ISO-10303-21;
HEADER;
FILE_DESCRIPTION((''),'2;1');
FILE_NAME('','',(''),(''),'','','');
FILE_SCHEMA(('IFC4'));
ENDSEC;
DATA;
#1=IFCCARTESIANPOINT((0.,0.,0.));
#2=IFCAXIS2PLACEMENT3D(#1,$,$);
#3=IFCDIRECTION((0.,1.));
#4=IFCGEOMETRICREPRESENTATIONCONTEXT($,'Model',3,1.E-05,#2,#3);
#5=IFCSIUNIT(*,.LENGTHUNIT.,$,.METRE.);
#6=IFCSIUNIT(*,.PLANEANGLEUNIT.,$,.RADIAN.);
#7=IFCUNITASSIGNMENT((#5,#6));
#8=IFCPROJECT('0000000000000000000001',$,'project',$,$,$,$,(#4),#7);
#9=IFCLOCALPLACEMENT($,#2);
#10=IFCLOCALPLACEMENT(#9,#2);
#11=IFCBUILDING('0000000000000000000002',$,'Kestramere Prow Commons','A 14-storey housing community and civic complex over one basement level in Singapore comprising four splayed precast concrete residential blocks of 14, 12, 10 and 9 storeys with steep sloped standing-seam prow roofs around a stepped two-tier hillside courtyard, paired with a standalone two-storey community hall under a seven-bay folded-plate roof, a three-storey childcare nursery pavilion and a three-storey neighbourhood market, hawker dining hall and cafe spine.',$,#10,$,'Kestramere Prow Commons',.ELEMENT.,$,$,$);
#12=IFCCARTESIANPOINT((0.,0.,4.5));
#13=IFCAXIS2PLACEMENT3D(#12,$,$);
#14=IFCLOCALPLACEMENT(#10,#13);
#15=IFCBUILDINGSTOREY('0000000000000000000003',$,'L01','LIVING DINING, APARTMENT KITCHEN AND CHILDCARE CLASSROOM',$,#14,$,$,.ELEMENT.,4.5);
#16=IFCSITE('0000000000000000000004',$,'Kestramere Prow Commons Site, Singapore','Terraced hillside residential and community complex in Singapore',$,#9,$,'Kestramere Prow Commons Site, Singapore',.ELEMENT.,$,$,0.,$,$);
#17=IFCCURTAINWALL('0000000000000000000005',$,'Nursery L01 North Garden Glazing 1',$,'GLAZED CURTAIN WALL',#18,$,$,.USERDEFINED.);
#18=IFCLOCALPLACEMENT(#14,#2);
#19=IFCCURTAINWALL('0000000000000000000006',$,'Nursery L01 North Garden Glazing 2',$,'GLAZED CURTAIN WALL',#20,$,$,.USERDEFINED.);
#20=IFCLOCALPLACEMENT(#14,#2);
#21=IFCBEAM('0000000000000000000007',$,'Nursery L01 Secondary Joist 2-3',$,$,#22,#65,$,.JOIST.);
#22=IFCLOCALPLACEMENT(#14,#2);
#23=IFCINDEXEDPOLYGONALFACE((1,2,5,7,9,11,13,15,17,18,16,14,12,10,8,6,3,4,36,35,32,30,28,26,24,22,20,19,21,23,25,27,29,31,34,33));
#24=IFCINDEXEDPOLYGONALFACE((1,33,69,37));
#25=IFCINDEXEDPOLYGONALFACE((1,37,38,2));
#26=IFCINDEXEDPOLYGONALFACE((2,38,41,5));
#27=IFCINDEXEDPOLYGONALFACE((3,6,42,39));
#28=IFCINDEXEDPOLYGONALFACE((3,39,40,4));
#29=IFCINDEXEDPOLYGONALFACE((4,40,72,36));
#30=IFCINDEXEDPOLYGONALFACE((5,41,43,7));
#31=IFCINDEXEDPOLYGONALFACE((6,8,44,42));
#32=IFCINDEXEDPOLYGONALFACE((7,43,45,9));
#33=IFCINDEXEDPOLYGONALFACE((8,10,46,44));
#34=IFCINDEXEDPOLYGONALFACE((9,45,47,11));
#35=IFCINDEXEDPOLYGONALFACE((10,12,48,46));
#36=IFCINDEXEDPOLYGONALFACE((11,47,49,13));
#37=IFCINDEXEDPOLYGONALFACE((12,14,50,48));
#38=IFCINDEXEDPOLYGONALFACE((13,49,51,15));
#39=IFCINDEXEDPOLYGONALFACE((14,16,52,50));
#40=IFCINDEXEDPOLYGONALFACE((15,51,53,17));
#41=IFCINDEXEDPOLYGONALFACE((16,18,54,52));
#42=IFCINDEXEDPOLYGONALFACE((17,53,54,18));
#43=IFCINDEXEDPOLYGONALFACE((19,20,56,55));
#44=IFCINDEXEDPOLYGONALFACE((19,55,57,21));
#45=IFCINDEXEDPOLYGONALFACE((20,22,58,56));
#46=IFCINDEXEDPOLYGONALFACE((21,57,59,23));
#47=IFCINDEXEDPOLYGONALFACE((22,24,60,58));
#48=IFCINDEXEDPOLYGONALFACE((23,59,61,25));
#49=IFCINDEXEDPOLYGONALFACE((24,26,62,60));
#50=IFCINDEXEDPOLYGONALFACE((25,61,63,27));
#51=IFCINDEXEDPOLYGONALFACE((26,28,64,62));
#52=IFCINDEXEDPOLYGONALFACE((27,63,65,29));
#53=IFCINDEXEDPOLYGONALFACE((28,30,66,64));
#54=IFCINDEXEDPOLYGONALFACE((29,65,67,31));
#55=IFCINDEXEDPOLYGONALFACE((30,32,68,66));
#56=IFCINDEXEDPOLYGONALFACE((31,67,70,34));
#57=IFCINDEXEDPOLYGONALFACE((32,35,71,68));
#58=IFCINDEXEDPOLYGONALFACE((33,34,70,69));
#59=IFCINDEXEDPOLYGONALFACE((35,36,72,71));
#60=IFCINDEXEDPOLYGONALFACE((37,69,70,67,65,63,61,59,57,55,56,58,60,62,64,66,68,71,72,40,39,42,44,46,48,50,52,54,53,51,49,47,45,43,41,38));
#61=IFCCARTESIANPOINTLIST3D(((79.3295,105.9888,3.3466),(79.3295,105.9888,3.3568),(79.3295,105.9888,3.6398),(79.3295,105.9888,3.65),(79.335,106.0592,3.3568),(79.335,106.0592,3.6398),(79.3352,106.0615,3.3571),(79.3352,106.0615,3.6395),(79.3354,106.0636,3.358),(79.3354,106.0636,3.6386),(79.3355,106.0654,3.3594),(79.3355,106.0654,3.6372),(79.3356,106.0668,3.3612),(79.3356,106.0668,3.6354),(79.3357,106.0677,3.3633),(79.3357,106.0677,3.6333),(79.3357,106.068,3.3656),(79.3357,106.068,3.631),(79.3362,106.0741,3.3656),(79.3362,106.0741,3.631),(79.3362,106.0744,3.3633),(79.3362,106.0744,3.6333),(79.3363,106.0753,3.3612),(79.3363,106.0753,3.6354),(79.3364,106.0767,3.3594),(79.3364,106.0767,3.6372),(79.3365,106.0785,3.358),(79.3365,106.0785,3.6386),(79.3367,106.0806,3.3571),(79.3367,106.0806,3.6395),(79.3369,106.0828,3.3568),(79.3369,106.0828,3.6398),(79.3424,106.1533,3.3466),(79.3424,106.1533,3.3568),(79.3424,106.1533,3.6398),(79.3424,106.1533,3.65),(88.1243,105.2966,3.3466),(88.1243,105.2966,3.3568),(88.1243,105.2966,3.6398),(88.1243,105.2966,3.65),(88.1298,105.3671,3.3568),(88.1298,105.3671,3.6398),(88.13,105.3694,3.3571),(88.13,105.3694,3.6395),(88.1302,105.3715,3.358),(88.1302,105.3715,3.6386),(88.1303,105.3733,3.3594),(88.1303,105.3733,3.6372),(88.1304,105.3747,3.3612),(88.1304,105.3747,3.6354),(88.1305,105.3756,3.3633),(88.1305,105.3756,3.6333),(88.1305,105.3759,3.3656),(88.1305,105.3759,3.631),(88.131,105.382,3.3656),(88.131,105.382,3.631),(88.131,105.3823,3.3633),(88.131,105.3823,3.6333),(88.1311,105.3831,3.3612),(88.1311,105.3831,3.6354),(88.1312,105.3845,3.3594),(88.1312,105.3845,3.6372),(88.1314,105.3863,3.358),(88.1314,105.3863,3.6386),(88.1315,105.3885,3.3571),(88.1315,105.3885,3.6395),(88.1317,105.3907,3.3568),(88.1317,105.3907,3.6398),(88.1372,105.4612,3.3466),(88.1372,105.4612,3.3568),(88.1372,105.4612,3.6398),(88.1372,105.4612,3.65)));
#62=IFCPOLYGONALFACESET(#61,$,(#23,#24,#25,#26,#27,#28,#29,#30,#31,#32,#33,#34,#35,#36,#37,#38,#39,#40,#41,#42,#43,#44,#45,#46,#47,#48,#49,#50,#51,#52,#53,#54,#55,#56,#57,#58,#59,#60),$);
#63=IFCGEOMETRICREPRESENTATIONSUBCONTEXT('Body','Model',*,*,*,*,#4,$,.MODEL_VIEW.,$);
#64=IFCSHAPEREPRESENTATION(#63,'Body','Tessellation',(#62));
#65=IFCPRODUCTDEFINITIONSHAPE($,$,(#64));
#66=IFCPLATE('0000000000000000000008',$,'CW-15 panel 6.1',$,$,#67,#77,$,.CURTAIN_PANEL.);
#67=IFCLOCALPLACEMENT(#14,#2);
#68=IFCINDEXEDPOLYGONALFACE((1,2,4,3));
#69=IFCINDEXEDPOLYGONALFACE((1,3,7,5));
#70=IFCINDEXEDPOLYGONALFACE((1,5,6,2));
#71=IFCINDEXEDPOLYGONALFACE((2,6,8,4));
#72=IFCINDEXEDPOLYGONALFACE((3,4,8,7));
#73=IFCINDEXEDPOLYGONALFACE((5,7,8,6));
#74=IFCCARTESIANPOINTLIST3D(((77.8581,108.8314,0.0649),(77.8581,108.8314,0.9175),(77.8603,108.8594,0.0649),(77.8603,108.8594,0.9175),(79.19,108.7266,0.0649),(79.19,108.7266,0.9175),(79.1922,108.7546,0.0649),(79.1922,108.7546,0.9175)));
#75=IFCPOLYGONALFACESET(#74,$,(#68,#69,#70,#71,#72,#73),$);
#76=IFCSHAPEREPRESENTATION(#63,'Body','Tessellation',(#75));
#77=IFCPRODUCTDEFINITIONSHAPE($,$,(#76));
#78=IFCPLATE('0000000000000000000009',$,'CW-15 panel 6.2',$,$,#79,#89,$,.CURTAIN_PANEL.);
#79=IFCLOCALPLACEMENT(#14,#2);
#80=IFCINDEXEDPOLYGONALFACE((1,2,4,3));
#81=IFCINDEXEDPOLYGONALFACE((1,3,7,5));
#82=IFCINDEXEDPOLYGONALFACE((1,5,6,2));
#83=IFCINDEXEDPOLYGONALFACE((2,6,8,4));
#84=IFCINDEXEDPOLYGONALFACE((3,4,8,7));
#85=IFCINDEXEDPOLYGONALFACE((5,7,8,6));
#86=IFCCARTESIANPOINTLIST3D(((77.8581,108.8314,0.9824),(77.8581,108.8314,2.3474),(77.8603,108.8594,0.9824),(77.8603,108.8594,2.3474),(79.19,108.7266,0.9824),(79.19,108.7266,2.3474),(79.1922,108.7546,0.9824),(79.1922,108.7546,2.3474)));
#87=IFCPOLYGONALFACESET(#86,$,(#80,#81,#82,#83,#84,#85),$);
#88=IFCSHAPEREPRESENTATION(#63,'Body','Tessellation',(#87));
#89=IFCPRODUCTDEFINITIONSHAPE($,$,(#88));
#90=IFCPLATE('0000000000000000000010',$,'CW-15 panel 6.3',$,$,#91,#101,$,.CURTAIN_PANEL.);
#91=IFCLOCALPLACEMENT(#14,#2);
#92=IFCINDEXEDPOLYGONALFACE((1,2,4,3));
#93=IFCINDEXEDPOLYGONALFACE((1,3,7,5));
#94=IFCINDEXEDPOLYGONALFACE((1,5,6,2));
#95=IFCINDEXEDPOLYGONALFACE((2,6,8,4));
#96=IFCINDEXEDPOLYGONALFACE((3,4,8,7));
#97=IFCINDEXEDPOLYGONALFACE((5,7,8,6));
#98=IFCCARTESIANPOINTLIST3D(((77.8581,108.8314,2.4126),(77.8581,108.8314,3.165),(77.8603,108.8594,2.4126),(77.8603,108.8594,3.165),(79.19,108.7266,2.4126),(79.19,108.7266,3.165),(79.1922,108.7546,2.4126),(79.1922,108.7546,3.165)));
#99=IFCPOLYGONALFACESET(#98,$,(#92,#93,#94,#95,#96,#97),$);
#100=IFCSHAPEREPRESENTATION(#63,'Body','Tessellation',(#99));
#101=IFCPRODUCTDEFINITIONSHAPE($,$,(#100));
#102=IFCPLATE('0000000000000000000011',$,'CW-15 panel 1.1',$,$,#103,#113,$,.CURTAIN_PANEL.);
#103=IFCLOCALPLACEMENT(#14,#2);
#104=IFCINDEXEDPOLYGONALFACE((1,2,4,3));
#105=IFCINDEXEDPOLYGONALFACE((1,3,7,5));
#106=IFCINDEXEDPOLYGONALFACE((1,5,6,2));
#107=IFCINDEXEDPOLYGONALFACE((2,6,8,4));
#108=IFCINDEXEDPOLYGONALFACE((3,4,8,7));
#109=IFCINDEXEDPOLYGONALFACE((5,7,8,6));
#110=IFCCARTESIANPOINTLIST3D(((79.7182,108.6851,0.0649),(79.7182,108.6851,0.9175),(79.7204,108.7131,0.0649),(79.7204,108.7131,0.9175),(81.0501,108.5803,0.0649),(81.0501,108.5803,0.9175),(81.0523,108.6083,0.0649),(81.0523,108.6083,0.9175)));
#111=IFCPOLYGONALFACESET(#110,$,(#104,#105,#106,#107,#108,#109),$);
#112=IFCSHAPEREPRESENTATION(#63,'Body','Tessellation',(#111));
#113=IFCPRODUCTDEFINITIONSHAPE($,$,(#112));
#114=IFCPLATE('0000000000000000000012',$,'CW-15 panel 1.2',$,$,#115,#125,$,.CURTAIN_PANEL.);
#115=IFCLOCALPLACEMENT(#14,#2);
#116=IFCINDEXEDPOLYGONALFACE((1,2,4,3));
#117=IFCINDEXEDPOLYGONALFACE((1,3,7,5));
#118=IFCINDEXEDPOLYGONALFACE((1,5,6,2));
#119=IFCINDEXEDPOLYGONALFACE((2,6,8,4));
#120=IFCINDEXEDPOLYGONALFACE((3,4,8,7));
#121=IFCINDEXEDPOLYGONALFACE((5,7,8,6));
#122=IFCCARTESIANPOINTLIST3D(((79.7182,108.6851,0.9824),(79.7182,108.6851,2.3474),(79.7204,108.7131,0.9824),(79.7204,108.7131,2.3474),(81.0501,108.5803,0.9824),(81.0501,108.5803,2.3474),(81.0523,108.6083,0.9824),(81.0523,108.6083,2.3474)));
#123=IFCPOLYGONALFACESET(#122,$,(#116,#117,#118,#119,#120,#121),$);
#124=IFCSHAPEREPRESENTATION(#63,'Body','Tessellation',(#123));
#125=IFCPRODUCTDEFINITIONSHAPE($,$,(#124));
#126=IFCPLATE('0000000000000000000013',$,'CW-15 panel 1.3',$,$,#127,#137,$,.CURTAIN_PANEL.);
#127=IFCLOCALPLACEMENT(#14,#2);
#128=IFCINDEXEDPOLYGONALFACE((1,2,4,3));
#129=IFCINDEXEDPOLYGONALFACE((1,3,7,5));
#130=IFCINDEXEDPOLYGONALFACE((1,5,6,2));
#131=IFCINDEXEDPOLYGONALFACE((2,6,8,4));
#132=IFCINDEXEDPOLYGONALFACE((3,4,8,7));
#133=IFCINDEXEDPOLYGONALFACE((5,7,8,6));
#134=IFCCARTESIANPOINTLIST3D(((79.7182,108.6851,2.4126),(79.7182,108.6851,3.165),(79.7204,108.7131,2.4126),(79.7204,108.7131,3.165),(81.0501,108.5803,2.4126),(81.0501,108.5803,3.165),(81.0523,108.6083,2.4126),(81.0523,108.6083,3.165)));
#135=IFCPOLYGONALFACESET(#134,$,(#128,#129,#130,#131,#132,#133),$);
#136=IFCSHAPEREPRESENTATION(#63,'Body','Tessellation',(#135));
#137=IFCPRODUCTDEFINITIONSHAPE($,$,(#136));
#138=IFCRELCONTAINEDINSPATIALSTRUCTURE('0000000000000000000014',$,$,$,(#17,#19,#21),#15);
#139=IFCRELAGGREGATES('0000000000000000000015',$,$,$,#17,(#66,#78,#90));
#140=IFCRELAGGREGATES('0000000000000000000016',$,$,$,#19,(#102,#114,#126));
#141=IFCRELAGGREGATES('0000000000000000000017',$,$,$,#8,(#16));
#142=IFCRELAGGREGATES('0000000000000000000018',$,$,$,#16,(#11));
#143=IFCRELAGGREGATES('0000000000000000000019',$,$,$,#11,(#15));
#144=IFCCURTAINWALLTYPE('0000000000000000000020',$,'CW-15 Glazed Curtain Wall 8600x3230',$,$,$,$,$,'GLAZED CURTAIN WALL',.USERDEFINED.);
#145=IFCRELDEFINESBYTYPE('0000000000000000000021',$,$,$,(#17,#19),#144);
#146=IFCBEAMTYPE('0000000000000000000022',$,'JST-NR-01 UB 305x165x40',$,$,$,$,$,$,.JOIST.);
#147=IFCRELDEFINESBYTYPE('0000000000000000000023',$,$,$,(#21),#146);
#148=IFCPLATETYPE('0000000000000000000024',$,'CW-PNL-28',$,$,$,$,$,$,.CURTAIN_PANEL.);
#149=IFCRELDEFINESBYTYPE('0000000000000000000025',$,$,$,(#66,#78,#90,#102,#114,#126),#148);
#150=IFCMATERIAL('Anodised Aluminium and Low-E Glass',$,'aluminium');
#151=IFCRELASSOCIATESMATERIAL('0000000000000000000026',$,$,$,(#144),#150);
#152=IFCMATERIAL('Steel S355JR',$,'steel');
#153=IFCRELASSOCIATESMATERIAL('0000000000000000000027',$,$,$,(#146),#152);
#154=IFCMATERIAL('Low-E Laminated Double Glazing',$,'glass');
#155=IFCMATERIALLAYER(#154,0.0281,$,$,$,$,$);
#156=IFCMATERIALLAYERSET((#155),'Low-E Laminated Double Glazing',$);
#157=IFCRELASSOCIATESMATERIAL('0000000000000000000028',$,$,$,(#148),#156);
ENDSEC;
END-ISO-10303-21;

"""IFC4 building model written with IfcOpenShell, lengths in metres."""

from ifc_helpers import new_model, si_unit, direction, frame, origin, origin_2d, place, context, subcontext, project, spatial, rectangle, i_section, extrude, material, layer, layer_set, material_profile, profile_set, type_object, element, aggregate, save


model = new_model("IFC4")

# Units and contexts
model_context = context("Model", 3, precision=1e-05, world=origin(), true_north=direction((0.0, 1.0)))
body_context = subcontext(model_context, "Body", "Model", "MODEL_VIEW")
ifc_project = project(units=[si_unit("LENGTHUNIT", "METRE"), si_unit("PLANEANGLEUNIT", "RADIAN")], contexts=[model_context])

# Site, building, storey
site_placement = place(None, origin())
site = spatial("IfcSite", under=ifc_project, at=site_placement, Name="Kestramere Prow Commons Site, Singapore", Description="Terraced hillside residential and community complex in Singapore", LongName="Kestramere Prow Commons Site, Singapore", CompositionType="ELEMENT", RefElevation=0.0)
building_placement = place(site_placement, origin())
building = spatial("IfcBuilding", under=site, at=building_placement, Name="Kestramere Prow Commons", Description="A 14-storey housing community and civic complex over one basement level in Singapore comprising four splayed precast concrete residential blocks of 14, 12, 10 and 9 storeys with steep sloped standing-seam prow roofs around a stepped two-tier hillside courtyard, paired with a standalone two-storey community hall under a seven-bay folded-plate roof, a three-storey childcare nursery pavilion and a three-storey neighbourhood market, hawker dining hall and cafe spine.", LongName="Kestramere Prow Commons", CompositionType="ELEMENT")
storey_placement = place(building_placement, frame((0.0, 0.0, 4.5)))
storey = spatial("IfcBuildingStorey", under=building, at=storey_placement, Name="L01", Description="LIVING DINING, APARTMENT KITCHEN AND CHILDCARE CLASSROOM", CompositionType="ELEMENT", Elevation=4.5)

# Shared definitions
ifc_material_1 = material(Name="Steel S355JR", Category="steel")

# Curtain walls
ifc_material_2 = material(Name="Anodised Aluminium and Low-E Glass", Category="aluminium")
curtain_wall_type = type_object("IfcCurtainWallType", Name="CW-15 Glazed Curtain Wall 8600x3230", ElementType="GLAZED CURTAIN WALL", PredefinedType="USERDEFINED", material=ifc_material_2)
curtain_wall_1_placement = place(storey_placement, origin())
curtain_wall_1 = element("IfcCurtainWall", 1, at=curtain_wall_1_placement, inside=storey, type_object=curtain_wall_type, Name="Nursery L01 North Garden Glazing 1", ObjectType="GLAZED CURTAIN WALL", PredefinedType="USERDEFINED")
curtain_wall_2_placement = place(storey_placement, origin())
curtain_wall_2 = element("IfcCurtainWall", 2, at=curtain_wall_2_placement, inside=storey, type_object=curtain_wall_type, Name="Nursery L01 North Garden Glazing 2", ObjectType="GLAZED CURTAIN WALL", PredefinedType="USERDEFINED")

# Beam
ifc_material_profile_1 = material_profile(ifc_material_1, i_section(OverallWidth=0.165, OverallDepth=0.3035, WebThickness=0.0061, FlangeThickness=0.0103, FilletRadius=0.0088, at=origin_2d()), Name="UB 305x165x40")
ifc_profile_set_1 = profile_set([ifc_material_profile_1], Name="Steel S355JR")
beam_type_1 = type_object("IfcBeamType", Name="JST-NR-01 UB 305x165x40", PredefinedType="JOIST", material=ifc_profile_set_1)
for number, where, z_axis, x_axis, name in (
    (3, (79.3359, 106.071, 3.4983), (0.996918, -0.078455, 0.0), (0.078455, 0.996918, 0.0), "Nursery L01 Secondary Joist 2-3"),
):
    element("IfcBeam", number, at=place(storey_placement, frame(where, z_axis=z_axis, x_axis=x_axis)), inside=storey, type_object=beam_type_1, Name=name, PredefinedType="JOIST", context=body_context, shape_type="SweptSolid", body=[
        extrude(i_section(OverallWidth=0.165, OverallDepth=0.3035, WebThickness=0.0061, FlangeThickness=0.0103, FilletRadius=0.0088, at=origin_2d()), origin(), (0.0, 0.0, 1.0), 8.822),
    ])

# Plates
ifc_material_3 = material(Name="Low-E Laminated Double Glazing", Category="glass")
ifc_layer = layer(ifc_material_3, 0.0281)
ifc_layer_set = layer_set([ifc_layer], Name="Low-E Laminated Double Glazing")
plate_type = type_object("IfcPlateType", Name="CW-PNL-28", PredefinedType="CURTAIN_PANEL", material=ifc_layer_set)
plate_1_placement = place(storey_placement, frame((78.5251, 108.793, 0.0649), z_axis=(0.0, 0.0, 1.0), x_axis=(0.996917, -0.078459, 0.0)))
plate_1 = element("IfcPlate", 4, at=plate_1_placement, type_object=plate_type, Name="CW-15 panel 6.1", PredefinedType="CURTAIN_PANEL", context=body_context, shape_type="SweptSolid", body=[
    extrude(rectangle(XDim=1.3359, YDim=0.0281, at=origin_2d()), origin(), (0.0, 0.0, 1.0), 0.8525),
])
plate_2_placement = place(storey_placement, frame((78.5251, 108.793, 0.9824), z_axis=(0.0, 0.0, 1.0), x_axis=(0.996917, -0.078459, 0.0)))
plate_2 = element("IfcPlate", 5, at=plate_2_placement, type_object=plate_type, Name="CW-15 panel 6.2", PredefinedType="CURTAIN_PANEL", context=body_context, shape_type="SweptSolid", body=[
    extrude(rectangle(XDim=1.3359, YDim=0.0281, at=origin_2d()), origin(), (0.0, 0.0, 1.0), 1.365),
])
plate_3_placement = place(storey_placement, frame((78.5251, 108.793, 2.4126), z_axis=(0.0, 0.0, 1.0), x_axis=(0.996917, -0.078459, 0.0)))
plate_3 = element("IfcPlate", 6, at=plate_3_placement, type_object=plate_type, Name="CW-15 panel 6.3", PredefinedType="CURTAIN_PANEL", context=body_context, shape_type="SweptSolid", body=[
    extrude(rectangle(XDim=1.3359, YDim=0.0281, at=origin_2d()), origin(), (0.0, 0.0, 1.0), 0.7524),
])
aggregate(curtain_wall_1, [plate_1, plate_2, plate_3])
plate_4_placement = place(storey_placement, frame((80.3853, 108.6467, 0.0649), z_axis=(0.0, 0.0, 1.0), x_axis=(0.996917, -0.078459, 0.0)))
plate_4 = element("IfcPlate", 7, at=plate_4_placement, type_object=plate_type, Name="CW-15 panel 1.1", PredefinedType="CURTAIN_PANEL", context=body_context, shape_type="SweptSolid", body=[
    extrude(rectangle(XDim=1.3359, YDim=0.0281, at=origin_2d()), origin(), (0.0, 0.0, 1.0), 0.8525),
])
plate_5_placement = place(storey_placement, frame((80.3853, 108.6467, 0.9824), z_axis=(0.0, 0.0, 1.0), x_axis=(0.996917, -0.078459, 0.0)))
plate_5 = element("IfcPlate", 8, at=plate_5_placement, type_object=plate_type, Name="CW-15 panel 1.2", PredefinedType="CURTAIN_PANEL", context=body_context, shape_type="SweptSolid", body=[
    extrude(rectangle(XDim=1.3359, YDim=0.0281, at=origin_2d()), origin(), (0.0, 0.0, 1.0), 1.365),
])
plate_6_placement = place(storey_placement, frame((80.3853, 108.6467, 2.4126), z_axis=(0.0, 0.0, 1.0), x_axis=(0.996917, -0.078459, 0.0)))
plate_6 = element("IfcPlate", 9, at=plate_6_placement, type_object=plate_type, Name="CW-15 panel 1.3", PredefinedType="CURTAIN_PANEL", context=body_context, shape_type="SweptSolid", body=[
    extrude(rectangle(XDim=1.3359, YDim=0.0281, at=origin_2d()), origin(), (0.0, 0.0, 1.0), 0.7524),
])
aggregate(curtain_wall_2, [plate_4, plate_5, plate_6])

save(model, "model.ifc")
